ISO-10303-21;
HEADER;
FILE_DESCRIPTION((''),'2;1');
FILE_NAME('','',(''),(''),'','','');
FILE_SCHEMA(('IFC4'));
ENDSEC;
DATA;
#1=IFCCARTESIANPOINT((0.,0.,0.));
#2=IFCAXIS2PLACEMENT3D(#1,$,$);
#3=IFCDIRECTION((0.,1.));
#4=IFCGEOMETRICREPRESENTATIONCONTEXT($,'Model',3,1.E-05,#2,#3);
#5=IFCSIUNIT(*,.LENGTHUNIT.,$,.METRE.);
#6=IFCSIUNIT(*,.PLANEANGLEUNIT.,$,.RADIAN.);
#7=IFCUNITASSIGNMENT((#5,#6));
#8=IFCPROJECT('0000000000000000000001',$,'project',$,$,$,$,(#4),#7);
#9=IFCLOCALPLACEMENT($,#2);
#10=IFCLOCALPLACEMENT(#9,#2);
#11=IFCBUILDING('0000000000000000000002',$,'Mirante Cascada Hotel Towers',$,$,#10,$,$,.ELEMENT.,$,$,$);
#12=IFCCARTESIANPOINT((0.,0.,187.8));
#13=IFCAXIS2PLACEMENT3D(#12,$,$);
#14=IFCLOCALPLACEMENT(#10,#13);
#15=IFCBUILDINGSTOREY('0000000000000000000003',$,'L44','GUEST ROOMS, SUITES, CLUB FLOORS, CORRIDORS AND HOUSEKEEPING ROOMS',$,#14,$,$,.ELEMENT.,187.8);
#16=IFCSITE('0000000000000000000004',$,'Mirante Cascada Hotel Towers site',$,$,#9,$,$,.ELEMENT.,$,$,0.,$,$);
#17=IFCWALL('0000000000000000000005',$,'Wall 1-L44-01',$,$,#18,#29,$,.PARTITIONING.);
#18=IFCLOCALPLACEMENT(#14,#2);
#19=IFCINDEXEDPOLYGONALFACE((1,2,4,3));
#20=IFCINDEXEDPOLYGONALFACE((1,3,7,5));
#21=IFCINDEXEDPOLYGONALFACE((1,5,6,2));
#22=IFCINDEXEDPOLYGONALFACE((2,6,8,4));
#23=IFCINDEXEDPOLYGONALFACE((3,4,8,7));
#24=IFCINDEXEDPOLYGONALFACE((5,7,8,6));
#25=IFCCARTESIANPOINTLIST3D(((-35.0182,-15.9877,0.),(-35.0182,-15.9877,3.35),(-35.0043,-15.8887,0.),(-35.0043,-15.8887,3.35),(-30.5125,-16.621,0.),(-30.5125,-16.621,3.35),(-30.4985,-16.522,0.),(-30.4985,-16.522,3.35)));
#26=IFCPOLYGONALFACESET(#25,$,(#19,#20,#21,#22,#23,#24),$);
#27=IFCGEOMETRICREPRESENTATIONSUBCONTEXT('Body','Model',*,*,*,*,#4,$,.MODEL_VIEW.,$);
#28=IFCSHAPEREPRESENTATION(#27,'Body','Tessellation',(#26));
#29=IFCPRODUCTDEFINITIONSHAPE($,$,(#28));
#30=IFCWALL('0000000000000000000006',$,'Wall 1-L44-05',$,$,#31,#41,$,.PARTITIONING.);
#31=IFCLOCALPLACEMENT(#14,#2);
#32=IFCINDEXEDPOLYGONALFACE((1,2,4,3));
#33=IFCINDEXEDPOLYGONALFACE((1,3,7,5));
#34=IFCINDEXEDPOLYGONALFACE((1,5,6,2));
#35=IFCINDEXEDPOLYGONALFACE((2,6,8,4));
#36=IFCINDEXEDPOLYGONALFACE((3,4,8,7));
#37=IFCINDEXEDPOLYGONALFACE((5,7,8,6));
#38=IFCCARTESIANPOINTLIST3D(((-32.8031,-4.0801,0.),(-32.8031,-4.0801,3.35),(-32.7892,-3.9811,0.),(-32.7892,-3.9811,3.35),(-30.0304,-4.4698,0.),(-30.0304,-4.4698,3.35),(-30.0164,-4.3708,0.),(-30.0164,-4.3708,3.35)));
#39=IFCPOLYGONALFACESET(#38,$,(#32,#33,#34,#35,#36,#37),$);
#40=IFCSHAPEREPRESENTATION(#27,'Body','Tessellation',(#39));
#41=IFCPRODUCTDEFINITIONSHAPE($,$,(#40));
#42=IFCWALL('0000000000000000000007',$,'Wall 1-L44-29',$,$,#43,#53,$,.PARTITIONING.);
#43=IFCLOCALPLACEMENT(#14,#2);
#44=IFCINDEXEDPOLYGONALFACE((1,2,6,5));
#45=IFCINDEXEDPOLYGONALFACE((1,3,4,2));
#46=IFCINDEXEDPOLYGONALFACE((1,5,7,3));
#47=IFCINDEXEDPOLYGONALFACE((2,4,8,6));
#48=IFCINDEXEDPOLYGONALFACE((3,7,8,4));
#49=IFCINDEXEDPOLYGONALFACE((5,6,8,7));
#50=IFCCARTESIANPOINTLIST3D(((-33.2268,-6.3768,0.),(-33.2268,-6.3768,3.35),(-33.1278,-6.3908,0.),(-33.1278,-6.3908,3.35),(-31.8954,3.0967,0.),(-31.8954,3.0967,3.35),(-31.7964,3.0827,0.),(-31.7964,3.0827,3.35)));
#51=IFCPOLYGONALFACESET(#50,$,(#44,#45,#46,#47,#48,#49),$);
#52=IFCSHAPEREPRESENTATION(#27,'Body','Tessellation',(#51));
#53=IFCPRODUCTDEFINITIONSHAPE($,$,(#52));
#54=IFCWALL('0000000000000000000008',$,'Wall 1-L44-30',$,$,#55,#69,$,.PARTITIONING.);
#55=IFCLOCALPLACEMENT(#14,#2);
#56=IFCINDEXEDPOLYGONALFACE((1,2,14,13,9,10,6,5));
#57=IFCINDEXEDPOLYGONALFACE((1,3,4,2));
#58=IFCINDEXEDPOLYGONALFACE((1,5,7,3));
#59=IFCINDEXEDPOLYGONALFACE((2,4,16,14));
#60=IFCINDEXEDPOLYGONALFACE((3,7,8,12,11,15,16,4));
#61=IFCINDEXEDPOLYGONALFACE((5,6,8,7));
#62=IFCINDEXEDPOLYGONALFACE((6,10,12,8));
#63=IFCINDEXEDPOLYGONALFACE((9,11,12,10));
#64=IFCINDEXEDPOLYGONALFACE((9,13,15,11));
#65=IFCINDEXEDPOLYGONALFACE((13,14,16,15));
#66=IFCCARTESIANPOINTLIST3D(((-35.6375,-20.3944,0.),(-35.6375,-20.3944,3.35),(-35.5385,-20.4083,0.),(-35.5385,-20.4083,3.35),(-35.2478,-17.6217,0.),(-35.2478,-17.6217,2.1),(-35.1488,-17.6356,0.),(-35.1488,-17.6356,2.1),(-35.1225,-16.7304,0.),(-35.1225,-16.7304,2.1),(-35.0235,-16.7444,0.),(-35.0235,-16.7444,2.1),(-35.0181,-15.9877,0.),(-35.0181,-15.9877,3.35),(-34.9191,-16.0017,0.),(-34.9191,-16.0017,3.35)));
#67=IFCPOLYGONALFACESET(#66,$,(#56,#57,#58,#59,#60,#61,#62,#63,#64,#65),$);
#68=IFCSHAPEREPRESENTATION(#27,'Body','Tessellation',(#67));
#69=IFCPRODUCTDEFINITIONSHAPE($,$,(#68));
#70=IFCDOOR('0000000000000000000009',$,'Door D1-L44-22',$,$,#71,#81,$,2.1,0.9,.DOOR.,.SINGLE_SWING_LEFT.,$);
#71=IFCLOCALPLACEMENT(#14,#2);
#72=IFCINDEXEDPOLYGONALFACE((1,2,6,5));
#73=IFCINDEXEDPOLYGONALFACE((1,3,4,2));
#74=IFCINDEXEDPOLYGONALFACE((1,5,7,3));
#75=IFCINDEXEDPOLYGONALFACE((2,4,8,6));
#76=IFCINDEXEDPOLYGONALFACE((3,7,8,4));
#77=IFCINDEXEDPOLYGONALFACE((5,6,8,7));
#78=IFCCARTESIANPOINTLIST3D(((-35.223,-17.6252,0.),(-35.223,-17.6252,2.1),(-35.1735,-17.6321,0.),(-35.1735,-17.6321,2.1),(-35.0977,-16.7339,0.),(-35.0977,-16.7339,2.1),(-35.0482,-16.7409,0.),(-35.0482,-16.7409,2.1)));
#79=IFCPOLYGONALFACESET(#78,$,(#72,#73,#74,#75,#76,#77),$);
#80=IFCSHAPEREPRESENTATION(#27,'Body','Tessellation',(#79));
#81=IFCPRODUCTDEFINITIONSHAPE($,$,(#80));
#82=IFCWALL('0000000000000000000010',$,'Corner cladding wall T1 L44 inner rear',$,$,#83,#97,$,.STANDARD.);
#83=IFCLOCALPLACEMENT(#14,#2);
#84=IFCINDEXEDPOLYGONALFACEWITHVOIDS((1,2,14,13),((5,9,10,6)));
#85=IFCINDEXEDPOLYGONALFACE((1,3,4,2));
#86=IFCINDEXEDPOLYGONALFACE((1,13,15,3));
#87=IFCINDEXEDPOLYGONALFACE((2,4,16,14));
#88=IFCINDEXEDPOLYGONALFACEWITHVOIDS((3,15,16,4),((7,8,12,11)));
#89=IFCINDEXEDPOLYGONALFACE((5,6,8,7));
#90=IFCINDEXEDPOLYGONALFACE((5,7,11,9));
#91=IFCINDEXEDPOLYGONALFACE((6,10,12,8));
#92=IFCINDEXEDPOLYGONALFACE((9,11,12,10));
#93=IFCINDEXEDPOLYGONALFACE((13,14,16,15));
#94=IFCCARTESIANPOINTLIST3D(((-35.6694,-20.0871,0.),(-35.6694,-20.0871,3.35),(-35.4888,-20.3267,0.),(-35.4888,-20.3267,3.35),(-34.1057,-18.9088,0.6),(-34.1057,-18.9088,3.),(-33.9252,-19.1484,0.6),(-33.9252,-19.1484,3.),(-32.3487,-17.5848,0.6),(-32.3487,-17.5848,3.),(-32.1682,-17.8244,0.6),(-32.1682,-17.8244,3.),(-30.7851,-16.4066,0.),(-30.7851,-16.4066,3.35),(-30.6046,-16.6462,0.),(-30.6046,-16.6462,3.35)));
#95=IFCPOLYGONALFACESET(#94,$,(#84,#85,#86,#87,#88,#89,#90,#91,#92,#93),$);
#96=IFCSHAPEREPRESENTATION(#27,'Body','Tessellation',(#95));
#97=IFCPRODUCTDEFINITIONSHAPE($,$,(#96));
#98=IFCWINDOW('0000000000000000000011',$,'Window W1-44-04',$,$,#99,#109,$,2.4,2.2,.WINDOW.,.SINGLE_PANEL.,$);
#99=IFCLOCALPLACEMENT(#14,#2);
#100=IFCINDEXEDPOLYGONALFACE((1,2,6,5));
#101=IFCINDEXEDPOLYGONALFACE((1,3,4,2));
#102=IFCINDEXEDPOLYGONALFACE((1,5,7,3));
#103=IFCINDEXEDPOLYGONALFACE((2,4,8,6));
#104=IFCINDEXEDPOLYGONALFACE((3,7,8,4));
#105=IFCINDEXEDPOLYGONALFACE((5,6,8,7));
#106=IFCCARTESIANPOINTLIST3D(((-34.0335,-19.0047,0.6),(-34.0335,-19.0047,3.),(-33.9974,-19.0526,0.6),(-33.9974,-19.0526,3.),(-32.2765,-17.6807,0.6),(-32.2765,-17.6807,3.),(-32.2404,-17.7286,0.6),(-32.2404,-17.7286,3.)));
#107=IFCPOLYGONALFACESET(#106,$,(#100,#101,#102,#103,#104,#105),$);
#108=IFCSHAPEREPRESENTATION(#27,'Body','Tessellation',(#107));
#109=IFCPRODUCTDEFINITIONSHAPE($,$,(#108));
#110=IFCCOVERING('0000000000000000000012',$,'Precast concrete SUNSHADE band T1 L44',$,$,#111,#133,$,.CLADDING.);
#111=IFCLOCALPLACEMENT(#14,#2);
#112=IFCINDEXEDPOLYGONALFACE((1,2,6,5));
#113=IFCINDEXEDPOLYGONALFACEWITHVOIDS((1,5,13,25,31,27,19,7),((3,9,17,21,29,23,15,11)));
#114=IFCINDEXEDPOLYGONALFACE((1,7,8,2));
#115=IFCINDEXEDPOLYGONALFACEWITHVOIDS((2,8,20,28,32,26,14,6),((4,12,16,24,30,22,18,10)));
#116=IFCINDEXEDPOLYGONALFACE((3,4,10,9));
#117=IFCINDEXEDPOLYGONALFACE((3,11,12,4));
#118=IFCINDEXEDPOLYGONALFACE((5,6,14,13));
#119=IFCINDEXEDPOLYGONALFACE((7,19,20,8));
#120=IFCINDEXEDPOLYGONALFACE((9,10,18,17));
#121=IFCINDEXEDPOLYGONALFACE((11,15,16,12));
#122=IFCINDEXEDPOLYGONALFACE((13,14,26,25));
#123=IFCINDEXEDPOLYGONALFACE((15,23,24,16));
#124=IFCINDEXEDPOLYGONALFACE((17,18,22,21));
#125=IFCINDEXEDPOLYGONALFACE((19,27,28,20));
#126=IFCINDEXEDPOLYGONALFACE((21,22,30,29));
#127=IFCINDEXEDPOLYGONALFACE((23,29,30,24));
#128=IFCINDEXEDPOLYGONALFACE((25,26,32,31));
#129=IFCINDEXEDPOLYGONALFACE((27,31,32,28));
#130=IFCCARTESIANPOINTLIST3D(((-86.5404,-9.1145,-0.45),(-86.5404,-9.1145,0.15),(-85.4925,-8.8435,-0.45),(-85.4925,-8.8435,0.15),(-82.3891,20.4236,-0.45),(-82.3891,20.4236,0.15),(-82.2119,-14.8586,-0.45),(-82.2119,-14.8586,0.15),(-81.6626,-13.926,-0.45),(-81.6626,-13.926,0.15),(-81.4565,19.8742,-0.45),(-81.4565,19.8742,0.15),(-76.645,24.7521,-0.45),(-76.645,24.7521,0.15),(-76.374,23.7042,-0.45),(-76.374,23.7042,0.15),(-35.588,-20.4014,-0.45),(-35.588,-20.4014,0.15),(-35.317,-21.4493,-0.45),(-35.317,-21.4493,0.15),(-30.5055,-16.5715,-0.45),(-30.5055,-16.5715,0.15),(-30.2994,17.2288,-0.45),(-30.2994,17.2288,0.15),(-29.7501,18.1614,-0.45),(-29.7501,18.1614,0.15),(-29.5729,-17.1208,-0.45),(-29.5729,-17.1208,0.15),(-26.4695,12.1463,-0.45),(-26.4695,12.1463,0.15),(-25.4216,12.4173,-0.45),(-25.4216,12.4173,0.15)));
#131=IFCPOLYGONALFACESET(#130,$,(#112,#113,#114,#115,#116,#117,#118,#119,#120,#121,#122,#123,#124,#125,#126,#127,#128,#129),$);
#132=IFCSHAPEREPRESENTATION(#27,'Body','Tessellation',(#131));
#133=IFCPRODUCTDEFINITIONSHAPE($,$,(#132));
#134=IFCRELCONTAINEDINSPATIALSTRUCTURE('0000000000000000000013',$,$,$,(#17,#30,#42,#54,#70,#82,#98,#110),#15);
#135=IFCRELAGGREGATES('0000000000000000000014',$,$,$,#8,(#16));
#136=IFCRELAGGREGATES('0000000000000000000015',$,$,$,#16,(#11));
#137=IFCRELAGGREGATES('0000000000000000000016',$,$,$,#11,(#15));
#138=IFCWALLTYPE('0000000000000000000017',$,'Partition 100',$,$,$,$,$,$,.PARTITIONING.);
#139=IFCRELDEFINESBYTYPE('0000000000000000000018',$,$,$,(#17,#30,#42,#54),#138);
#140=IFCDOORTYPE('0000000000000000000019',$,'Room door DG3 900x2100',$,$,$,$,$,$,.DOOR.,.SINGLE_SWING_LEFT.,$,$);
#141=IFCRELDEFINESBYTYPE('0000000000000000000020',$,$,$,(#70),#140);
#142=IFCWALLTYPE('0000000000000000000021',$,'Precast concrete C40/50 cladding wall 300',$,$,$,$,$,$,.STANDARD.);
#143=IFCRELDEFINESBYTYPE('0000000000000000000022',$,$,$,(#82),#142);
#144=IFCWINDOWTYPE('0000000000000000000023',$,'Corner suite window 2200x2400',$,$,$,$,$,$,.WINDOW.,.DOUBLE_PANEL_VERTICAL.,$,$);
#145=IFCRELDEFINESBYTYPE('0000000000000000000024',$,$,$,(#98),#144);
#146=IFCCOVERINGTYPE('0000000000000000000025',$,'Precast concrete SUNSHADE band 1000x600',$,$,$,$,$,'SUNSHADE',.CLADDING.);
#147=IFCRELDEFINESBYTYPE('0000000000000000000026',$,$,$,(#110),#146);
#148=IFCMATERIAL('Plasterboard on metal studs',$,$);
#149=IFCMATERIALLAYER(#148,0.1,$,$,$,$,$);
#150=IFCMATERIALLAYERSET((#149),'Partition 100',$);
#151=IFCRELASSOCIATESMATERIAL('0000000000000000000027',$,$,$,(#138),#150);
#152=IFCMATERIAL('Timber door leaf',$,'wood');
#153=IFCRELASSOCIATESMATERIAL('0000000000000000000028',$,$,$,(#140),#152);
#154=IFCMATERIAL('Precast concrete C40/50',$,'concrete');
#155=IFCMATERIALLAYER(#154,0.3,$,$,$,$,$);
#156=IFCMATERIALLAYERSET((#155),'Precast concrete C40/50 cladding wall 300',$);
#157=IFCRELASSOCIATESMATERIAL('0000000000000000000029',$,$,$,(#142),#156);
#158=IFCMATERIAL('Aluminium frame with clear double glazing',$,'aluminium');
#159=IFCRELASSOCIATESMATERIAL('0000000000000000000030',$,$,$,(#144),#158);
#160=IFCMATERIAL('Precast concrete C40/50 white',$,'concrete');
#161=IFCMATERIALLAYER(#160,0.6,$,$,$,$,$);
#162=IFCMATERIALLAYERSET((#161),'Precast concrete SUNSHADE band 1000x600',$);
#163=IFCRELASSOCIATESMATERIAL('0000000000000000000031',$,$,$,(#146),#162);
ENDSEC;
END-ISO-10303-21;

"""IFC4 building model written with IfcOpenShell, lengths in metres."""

from ifc_helpers import new_model, si_unit, direction, frame, frame_2d, origin, place, context, subcontext, project, spatial, polyline, rectangle, outline, extrude, material, layer, layer_set, type_object, element, fill, save


model = new_model("IFC4")

# Units and contexts
model_context = context("Model", 3, precision=1e-05, world=origin(), true_north=direction((0.0, 1.0)))
body_context = subcontext(model_context, "Body", "Model", "MODEL_VIEW")
ifc_project = project(units=[si_unit("LENGTHUNIT", "METRE"), si_unit("PLANEANGLEUNIT", "RADIAN")], contexts=[model_context])

# Site, building, storey
site_placement = place(None, origin())
site = spatial("IfcSite", under=ifc_project, at=site_placement, Name="Mirante Cascada Hotel Towers site", CompositionType="ELEMENT", RefElevation=0.0)
building_placement = place(site_placement, origin())
building = spatial("IfcBuilding", under=site, at=building_placement, Name="Mirante Cascada Hotel Towers", CompositionType="ELEMENT")
storey_placement = place(building_placement, frame((0.0, 0.0, 187.8)))
storey = spatial("IfcBuildingStorey", under=building, at=storey_placement, Name="L44", Description="GUEST ROOMS, SUITES, CLUB FLOORS, CORRIDORS AND HOUSEKEEPING ROOMS", CompositionType="ELEMENT", Elevation=187.8)

# Walls
ifc_material_1 = material(Name="Plasterboard on metal studs")
ifc_layer_1 = layer(ifc_material_1, 0.1)
ifc_layer_set_1 = layer_set([ifc_layer_1], Name="Partition 100")
wall_type_1 = type_object("IfcWallType", Name="Partition 100", PredefinedType="PARTITIONING", material=ifc_layer_set_1)
wall_1_placement = place(storey_placement, frame((-30.5055, -16.5715, 0.0), z_axis=(0.0, 0.0, 1.0), x_axis=(-0.990266, 0.139187, 0.0)))
element("IfcWall", 1, at=wall_1_placement, inside=storey, type_object=wall_type_1, Name="Wall 1-L44-01", PredefinedType="PARTITIONING", context=body_context, shape_type="SweptSolid", body=[
    extrude(rectangle(XDim=4.55, YDim=0.1, at=frame_2d((2.275, 0.0))), origin(), (0.0, 0.0, 1.0), 3.35),
])
wall_2_placement = place(storey_placement, frame((-30.0234, -4.4203, 0.0), z_axis=(0.0, 0.0, 1.0), x_axis=(-0.990267, 0.139181, 0.0)))
element("IfcWall", 2, at=wall_2_placement, inside=storey, type_object=wall_type_1, Name="Wall 1-L44-05", PredefinedType="PARTITIONING", context=body_context, shape_type="SweptSolid", body=[
    extrude(rectangle(XDim=2.8, YDim=0.1, at=frame_2d((1.4, 0.0))), origin(), (0.0, 0.0, 1.0), 3.35),
])
wall_3_placement = place(storey_placement, frame((-33.1773, -6.3838, 0.0), z_axis=(0.0, 0.0, 1.0), x_axis=(0.139172, 0.990268, 0.0)))
element("IfcWall", 3, at=wall_3_placement, inside=storey, type_object=wall_type_1, Name="Wall 1-L44-29", PredefinedType="PARTITIONING", context=body_context, shape_type="SweptSolid", body=[
    extrude(rectangle(XDim=9.5666, YDim=0.1, at=frame_2d((4.7833, 0.0))), origin(), (0.0, 0.0, 1.0), 3.35),
])

# Wall, opening, door
wall_4_placement = place(storey_placement, frame((-34.9686, -15.9947, 0.0), z_axis=(0.0, 0.0, 1.0), x_axis=(-0.13919, -0.990266, 0.0)))
wall_4 = element("IfcWall", 4, at=wall_4_placement, inside=storey, type_object=wall_type_1, Name="Wall 1-L44-30", PredefinedType="PARTITIONING", context=body_context, shape_type="SweptSolid", body=[
    extrude(rectangle(XDim=4.45, YDim=0.1, at=frame_2d((2.225, 0.0))), origin(), (0.0, 0.0, 1.0), 3.35),
])
opening_1_placement = place(wall_4_placement, frame((0.75, 0.0, 0.0)))
opening_1 = element("IfcOpeningElement", 5, at=opening_1_placement, cuts=wall_4, PredefinedType="OPENING", context=body_context, shape_type="SweptSolid", body=[
    extrude(rectangle(XDim=0.9, YDim=2.1, at=frame_2d((0.45, 1.05))), frame((0.0, 0.05, 0.0), z_axis=(0.0, -1.0, 0.0), x_axis=(1.0, 0.0, 0.0)), (0.0, 0.0, 1.0), 0.1),
])
ifc_material_2 = material(Name="Timber door leaf", Category="wood")
door_type = type_object("IfcDoorType", Name="Room door DG3 900x2100", OperationType="SINGLE_SWING_LEFT", PredefinedType="DOOR", material=ifc_material_2)
door_placement = place(opening_1_placement, origin())
door = element("IfcDoor", 6, at=door_placement, inside=storey, type_object=door_type, Name="Door D1-L44-22", OperationType="SINGLE_SWING_LEFT", OverallHeight=2.1, OverallWidth=0.9, PredefinedType="DOOR", context=body_context, shape_type="SweptSolid", body=[
    extrude(rectangle(XDim=0.9, YDim=2.1, at=frame_2d((0.45, 1.05))), frame((0.0, 0.025, 0.0), z_axis=(0.0, -1.0, 0.0), x_axis=(1.0, 0.0, 0.0)), (0.0, 0.0, 1.0), 0.05),
])
fill(opening_1, door)

# Wall, opening, window
ifc_material_3 = material(Name="Precast concrete C40/50", Category="concrete")
ifc_layer_2 = layer(ifc_material_3, 0.3)
ifc_layer_set_2 = layer_set([ifc_layer_2], Name="Precast concrete C40/50 cladding wall 300")
wall_type_2 = type_object("IfcWallType", Name="Precast concrete C40/50 cladding wall 300", PredefinedType="STANDARD", material=ifc_layer_set_2)
wall_5_placement = place(storey_placement, frame((-30.6949, -16.5264, 0.0), z_axis=(0.0, 0.0, 1.0), x_axis=(-0.798636, -0.601814, 0.0)))
wall_5 = element("IfcWall", 7, at=wall_5_placement, inside=storey, type_object=wall_type_2, Name="Corner cladding wall T1 L44 inner rear", PredefinedType="STANDARD", context=body_context, shape_type="SweptSolid", body=[
    extrude(rectangle(XDim=6.1157, YDim=0.3, at=frame_2d((3.0578, 0.0))), origin(), (0.0, 0.0, 1.0), 3.35),
])
opening_2_placement = place(wall_5_placement, frame((1.9578, 0.0, 0.6)))
opening_2 = element("IfcOpeningElement", 8, at=opening_2_placement, cuts=wall_5, PredefinedType="OPENING", context=body_context, shape_type="SweptSolid", body=[
    extrude(rectangle(XDim=2.2, YDim=2.4, at=frame_2d((1.1, 1.2))), frame((0.0, 0.15, 0.0), z_axis=(0.0, -1.0, 0.0), x_axis=(1.0, 0.0, 0.0)), (0.0, 0.0, 1.0), 0.3),
])
ifc_material_4 = material(Name="Aluminium frame with clear double glazing", Category="aluminium")
window_type = type_object("IfcWindowType", Name="Corner suite window 2200x2400", PartitioningType="DOUBLE_PANEL_VERTICAL", PredefinedType="WINDOW", material=ifc_material_4)
window_placement = place(opening_2_placement, origin())
window = element("IfcWindow", 9, at=window_placement, inside=storey, type_object=window_type, Name="Window W1-44-04", OverallHeight=2.4, OverallWidth=2.2, PartitioningType="SINGLE_PANEL", PredefinedType="WINDOW", context=body_context, shape_type="SweptSolid", body=[
    extrude(rectangle(XDim=2.2, YDim=2.4, at=frame_2d((1.1, 1.2))), frame((0.0, 0.03, 0.0), z_axis=(0.0, -1.0, 0.0), x_axis=(1.0, 0.0, 0.0)), (0.0, 0.0, 1.0), 0.06),
])
fill(opening_2, window)

# Covering
ifc_material_5 = material(Name="Precast concrete C40/50 white", Category="concrete")
ifc_layer_3 = layer(ifc_material_5, 0.6)
ifc_layer_set_3 = layer_set([ifc_layer_3], Name="Precast concrete SUNSHADE band 1000x600")
covering_type = type_object("IfcCoveringType", Name="Precast concrete SUNSHADE band 1000x600", ElementType="SUNSHADE", PredefinedType="CLADDING", material=ifc_layer_set_3)
covering_placement = place(storey_placement, frame((0.0, 0.0, -0.45)))
element("IfcCovering", 10, at=covering_placement, inside=storey, type_object=covering_type, Name="Precast concrete SUNSHADE band T1 L44", PredefinedType="CLADDING", context=body_context, shape_type="SweptSolid", body=[
    extrude(outline(polyline([(-86.5404, -9.1145), (-82.3891, 20.4236), (-76.645, 24.7521), (-29.7501, 18.1614), (-25.4216, 12.4173), (-29.5729, -17.1208), (-35.317, -21.4493), (-82.2119, -14.8586), (-86.5404, -9.1145)]), holes=[polyline([(-26.4695, 12.1463), (-30.2994, 17.2288), (-76.374, 23.7042), (-81.4565, 19.8742), (-85.4925, -8.8435), (-81.6626, -13.926), (-35.588, -20.4014), (-30.5055, -16.5715), (-26.4695, 12.1463)])]), origin(), (0.0, 0.0, 1.0), 0.6),
])

save(model, "model.ifc")
